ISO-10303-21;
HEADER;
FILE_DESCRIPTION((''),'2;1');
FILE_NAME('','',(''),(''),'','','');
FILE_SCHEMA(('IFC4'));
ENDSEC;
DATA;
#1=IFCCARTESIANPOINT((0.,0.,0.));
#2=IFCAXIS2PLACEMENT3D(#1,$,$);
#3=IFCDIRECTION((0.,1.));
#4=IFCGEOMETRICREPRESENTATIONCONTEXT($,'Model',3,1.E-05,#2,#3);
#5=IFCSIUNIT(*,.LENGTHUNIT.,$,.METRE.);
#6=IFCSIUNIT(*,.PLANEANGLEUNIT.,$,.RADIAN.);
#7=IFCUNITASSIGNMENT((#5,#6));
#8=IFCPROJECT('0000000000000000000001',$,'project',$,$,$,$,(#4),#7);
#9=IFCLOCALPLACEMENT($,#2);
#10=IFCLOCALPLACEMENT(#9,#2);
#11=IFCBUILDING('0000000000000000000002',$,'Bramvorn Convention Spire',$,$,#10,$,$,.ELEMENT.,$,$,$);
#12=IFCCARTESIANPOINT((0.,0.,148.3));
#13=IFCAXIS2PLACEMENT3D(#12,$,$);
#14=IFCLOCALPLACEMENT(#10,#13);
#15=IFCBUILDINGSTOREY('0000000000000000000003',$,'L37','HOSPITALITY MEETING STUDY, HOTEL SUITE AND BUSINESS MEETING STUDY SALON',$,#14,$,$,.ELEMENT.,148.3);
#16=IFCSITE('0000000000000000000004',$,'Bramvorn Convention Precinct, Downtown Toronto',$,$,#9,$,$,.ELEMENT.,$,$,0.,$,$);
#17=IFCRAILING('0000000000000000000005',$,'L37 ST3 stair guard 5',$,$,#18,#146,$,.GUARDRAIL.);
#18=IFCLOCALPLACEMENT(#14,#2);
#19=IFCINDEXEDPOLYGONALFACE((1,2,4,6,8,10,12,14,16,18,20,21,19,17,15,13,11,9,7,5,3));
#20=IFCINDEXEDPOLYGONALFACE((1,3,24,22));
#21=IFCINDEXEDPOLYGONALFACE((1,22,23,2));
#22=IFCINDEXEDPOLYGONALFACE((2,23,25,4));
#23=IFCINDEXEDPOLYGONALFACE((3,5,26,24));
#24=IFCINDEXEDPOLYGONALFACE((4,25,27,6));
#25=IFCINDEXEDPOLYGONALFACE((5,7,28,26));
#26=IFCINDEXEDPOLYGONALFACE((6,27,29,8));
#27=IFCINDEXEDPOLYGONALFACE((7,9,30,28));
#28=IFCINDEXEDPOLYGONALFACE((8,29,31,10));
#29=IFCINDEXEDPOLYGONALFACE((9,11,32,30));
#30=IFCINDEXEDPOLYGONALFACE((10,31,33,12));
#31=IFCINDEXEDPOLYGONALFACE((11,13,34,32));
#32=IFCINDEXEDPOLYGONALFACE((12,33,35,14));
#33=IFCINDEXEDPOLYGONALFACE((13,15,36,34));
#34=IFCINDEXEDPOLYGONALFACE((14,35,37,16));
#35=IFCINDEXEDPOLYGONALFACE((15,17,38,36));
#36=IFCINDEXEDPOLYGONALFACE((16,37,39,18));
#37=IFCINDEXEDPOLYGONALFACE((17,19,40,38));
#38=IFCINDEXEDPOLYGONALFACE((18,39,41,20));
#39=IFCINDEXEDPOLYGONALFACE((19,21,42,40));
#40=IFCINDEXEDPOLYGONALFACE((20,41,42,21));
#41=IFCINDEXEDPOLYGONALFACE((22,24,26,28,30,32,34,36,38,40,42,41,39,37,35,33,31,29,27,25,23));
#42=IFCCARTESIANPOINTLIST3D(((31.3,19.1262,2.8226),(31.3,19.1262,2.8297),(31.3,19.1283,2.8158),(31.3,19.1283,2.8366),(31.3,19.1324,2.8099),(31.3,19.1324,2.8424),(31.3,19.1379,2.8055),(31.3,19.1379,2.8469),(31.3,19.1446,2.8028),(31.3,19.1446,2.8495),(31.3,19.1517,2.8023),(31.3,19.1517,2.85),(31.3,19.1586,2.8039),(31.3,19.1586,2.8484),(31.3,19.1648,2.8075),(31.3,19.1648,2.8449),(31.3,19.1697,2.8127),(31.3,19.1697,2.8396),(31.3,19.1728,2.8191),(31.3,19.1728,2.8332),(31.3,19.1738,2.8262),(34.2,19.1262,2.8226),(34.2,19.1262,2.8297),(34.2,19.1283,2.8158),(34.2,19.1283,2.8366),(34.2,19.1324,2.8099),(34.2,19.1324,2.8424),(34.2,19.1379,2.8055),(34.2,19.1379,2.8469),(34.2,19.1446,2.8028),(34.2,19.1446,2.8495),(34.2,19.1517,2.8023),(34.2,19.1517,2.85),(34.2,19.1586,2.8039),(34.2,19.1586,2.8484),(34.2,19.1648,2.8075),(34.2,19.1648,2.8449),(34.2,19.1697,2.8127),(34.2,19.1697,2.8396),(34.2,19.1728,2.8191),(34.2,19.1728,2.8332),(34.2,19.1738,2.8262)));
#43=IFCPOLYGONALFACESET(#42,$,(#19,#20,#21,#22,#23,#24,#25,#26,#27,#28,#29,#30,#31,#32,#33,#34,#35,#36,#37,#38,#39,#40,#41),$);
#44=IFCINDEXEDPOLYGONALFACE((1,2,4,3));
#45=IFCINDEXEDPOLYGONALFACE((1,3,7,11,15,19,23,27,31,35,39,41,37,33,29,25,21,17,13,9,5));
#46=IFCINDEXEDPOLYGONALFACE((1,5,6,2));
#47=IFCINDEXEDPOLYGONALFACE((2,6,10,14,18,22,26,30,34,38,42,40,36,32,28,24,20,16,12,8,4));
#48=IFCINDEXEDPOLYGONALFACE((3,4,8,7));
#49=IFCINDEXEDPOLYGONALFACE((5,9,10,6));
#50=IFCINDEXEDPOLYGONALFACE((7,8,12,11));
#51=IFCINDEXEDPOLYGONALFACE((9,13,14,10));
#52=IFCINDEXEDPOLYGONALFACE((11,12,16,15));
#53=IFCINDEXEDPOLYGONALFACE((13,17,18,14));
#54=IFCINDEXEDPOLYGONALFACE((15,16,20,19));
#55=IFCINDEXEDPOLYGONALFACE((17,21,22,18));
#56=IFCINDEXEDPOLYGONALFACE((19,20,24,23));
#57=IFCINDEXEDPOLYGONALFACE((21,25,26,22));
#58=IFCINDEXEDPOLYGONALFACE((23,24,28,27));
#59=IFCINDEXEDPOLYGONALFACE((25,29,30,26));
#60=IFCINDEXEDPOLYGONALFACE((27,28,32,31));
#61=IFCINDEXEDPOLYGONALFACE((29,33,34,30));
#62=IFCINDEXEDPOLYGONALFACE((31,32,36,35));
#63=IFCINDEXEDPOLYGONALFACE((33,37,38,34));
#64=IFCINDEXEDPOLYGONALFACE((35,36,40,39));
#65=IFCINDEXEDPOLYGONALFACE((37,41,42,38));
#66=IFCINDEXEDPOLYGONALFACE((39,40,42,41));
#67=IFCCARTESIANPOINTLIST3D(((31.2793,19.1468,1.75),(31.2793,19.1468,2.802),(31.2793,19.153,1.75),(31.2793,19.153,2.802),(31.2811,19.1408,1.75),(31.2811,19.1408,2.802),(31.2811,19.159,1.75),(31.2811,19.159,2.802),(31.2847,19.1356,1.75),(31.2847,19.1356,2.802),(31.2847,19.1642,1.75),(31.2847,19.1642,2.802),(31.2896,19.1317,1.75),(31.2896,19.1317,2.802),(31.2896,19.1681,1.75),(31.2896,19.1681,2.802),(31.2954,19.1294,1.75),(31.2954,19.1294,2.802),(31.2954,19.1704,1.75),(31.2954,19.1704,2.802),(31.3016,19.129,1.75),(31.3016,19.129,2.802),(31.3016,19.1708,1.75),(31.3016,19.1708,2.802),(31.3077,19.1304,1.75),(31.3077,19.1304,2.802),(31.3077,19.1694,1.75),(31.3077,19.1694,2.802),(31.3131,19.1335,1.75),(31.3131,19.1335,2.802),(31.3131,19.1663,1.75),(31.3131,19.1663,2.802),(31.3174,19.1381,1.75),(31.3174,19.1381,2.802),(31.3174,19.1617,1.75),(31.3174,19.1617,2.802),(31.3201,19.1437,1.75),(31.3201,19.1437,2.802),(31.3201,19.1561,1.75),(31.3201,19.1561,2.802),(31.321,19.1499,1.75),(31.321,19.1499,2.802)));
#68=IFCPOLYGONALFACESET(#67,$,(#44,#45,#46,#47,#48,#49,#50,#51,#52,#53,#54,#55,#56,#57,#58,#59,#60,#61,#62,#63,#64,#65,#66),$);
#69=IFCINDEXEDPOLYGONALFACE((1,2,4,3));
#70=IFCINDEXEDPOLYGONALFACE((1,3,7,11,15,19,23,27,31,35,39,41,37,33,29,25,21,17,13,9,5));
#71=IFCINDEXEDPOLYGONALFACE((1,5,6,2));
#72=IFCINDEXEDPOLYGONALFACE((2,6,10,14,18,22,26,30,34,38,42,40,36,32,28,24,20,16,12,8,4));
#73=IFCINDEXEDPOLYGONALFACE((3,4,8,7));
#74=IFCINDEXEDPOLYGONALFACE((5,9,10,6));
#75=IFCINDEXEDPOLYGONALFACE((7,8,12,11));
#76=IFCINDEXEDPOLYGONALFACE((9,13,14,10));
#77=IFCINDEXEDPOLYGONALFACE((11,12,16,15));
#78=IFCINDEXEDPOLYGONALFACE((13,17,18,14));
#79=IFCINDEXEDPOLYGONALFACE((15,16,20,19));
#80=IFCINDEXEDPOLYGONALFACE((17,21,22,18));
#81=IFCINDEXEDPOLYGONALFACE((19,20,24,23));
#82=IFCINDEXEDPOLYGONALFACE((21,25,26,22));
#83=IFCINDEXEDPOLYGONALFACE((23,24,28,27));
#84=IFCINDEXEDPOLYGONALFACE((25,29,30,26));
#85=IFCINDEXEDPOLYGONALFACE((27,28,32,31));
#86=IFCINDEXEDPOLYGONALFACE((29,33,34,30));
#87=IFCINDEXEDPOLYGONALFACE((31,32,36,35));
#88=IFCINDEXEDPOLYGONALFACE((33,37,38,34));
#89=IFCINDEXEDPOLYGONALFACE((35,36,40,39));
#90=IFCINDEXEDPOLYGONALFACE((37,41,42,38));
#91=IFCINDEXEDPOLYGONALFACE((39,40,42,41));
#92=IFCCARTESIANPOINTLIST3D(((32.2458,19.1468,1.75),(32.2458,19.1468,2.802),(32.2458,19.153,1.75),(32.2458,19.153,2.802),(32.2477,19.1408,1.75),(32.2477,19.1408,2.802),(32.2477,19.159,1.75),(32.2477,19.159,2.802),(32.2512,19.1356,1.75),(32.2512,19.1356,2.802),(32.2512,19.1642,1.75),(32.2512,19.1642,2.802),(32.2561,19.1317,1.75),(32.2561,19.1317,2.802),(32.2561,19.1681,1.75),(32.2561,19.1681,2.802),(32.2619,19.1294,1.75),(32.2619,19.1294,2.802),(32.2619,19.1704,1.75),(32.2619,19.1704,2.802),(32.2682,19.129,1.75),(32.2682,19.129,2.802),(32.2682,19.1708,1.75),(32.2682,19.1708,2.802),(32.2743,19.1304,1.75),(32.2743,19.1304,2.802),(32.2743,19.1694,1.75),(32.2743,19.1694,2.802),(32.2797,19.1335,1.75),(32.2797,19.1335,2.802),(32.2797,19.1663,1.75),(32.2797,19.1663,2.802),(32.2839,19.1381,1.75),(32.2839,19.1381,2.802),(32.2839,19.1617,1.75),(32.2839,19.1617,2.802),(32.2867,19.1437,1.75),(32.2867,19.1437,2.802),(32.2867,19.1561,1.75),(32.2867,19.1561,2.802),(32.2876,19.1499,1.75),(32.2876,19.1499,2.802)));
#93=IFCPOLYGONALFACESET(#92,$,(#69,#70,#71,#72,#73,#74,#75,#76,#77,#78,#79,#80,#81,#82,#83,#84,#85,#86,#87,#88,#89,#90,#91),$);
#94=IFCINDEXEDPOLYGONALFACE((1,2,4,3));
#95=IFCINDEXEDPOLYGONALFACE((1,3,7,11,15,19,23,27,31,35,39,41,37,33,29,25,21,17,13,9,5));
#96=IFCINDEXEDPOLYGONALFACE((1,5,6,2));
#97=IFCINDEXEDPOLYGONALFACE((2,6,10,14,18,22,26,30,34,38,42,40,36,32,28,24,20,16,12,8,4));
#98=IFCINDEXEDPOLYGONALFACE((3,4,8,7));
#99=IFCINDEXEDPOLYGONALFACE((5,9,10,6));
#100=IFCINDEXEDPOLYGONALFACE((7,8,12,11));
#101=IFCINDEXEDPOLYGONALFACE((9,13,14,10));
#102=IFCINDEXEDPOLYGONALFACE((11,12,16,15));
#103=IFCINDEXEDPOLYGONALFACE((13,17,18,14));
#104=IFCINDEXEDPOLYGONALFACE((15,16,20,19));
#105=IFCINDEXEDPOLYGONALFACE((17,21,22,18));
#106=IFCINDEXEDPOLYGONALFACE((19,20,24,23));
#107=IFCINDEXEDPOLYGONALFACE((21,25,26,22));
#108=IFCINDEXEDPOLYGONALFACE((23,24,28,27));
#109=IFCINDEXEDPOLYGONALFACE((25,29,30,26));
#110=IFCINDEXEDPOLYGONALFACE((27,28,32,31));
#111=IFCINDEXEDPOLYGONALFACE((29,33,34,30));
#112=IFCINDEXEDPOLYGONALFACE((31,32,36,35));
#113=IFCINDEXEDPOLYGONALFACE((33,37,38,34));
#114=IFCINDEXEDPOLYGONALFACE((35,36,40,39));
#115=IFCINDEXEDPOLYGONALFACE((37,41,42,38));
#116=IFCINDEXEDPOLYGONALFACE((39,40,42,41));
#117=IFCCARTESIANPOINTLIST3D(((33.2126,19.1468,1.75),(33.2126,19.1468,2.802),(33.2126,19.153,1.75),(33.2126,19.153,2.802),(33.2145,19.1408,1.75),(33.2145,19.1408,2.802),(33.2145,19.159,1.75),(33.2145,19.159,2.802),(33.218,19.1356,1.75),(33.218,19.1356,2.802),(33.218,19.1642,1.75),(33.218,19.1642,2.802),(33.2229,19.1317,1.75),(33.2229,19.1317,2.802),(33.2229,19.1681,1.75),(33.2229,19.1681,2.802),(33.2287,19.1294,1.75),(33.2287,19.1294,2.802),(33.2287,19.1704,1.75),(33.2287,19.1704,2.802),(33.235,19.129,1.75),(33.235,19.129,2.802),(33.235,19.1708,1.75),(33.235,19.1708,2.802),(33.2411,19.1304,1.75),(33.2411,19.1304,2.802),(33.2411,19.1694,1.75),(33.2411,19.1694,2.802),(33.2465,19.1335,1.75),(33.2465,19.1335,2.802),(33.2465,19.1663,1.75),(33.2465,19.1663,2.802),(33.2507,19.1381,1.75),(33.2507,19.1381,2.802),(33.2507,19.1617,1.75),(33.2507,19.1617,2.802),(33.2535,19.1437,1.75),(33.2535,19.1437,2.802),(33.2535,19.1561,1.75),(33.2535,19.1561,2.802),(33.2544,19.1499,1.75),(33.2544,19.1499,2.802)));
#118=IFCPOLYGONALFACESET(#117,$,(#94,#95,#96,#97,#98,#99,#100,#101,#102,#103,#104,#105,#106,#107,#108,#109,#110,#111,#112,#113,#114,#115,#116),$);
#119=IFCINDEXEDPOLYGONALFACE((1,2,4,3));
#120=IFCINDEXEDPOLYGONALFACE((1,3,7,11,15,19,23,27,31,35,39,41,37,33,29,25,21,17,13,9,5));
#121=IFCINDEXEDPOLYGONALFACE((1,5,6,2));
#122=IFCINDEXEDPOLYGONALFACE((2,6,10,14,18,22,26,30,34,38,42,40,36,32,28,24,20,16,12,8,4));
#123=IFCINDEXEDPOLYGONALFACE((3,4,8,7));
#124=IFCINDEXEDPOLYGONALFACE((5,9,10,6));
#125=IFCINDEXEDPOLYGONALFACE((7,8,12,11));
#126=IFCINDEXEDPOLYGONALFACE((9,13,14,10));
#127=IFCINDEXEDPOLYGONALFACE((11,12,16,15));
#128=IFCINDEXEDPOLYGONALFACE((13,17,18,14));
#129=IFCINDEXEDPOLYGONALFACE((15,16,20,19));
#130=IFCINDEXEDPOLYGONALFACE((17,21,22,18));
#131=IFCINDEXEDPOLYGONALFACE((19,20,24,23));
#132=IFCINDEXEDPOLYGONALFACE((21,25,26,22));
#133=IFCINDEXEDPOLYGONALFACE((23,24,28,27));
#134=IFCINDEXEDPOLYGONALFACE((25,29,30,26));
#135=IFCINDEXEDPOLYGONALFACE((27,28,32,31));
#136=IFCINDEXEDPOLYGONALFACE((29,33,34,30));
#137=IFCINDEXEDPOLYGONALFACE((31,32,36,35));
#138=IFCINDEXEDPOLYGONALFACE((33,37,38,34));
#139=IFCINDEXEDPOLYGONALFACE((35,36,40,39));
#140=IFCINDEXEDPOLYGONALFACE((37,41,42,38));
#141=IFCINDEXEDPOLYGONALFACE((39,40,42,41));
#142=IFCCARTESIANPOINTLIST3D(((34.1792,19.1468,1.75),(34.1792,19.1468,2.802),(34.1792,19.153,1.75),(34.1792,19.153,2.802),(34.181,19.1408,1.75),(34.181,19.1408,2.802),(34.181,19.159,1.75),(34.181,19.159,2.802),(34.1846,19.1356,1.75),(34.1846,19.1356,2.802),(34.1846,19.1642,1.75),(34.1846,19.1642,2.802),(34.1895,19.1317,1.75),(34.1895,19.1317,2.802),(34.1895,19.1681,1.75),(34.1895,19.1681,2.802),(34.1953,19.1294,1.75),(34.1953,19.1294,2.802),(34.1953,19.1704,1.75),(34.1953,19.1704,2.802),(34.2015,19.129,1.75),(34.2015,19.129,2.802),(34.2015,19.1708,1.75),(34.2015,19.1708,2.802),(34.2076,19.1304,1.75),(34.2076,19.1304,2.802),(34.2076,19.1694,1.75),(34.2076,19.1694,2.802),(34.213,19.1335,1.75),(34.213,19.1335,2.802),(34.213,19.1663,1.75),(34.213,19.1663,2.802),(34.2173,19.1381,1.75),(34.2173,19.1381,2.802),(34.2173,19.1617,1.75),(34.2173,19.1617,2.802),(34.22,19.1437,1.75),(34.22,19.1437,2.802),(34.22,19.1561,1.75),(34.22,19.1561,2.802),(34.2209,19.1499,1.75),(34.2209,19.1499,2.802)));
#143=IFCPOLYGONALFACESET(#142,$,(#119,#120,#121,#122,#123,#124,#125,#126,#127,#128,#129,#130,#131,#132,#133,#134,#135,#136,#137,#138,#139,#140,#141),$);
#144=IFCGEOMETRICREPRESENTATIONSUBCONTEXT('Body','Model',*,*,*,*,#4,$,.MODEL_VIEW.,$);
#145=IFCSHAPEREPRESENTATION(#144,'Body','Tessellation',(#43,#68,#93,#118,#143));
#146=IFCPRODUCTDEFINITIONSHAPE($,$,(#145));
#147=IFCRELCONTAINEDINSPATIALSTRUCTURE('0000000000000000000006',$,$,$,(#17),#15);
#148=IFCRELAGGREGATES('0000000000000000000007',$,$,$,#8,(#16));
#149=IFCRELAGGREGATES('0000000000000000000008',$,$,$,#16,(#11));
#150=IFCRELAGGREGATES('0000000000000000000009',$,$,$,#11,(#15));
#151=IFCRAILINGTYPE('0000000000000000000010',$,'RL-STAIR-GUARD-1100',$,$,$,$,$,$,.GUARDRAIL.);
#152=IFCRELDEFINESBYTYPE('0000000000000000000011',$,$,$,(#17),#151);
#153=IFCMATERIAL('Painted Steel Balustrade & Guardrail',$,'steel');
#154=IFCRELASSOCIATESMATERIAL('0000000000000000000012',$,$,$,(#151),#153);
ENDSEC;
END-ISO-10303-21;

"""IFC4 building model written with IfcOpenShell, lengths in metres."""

from ifc_helpers import new_model, si_unit, direction, frame, origin, origin_2d, place, context, subcontext, project, spatial, circle, extrude, material, type_object, element, save


model = new_model("IFC4")

# Units and contexts
model_context = context("Model", 3, precision=1e-05, world=origin(), true_north=direction((0.0, 1.0)))
body_context = subcontext(model_context, "Body", "Model", "MODEL_VIEW")
ifc_project = project(units=[si_unit("LENGTHUNIT", "METRE"), si_unit("PLANEANGLEUNIT", "RADIAN")], contexts=[model_context])

# Site, building, storey
site_placement = place(None, origin())
site = spatial("IfcSite", under=ifc_project, at=site_placement, Name="Bramvorn Convention Precinct, Downtown Toronto", CompositionType="ELEMENT", RefElevation=0.0)
building_placement = place(site_placement, origin())
building = spatial("IfcBuilding", under=site, at=building_placement, Name="Bramvorn Convention Spire", CompositionType="ELEMENT")
storey_placement = place(building_placement, frame((0.0, 0.0, 148.3)))
storey = spatial("IfcBuildingStorey", under=building, at=storey_placement, Name="L37", Description="HOSPITALITY MEETING STUDY, HOTEL SUITE AND BUSINESS MEETING STUDY SALON", CompositionType="ELEMENT", Elevation=148.3)

# Railing
ifc_material_1 = material(Name="Painted Steel Balustrade & Guardrail", Category="steel")
railing_type_1 = type_object("IfcRailingType", Name="RL-STAIR-GUARD-1100", PredefinedType="GUARDRAIL", material=ifc_material_1)
railing_1_placement = place(storey_placement, frame((31.3, 19.1499, 1.75)))
element("IfcRailing", 1, at=railing_1_placement, inside=storey, type_object=railing_type_1, Name="L37 ST3 stair guard 5", PredefinedType="GUARDRAIL", context=body_context, shape_type="SweptSolid", body=[
    extrude(circle(Radius=0.0239, at=origin_2d()), frame((0.0, 0.0, 1.0762), z_axis=(1.0, 0.0, 0.0), x_axis=(0.0, 1.0, 0.0)), (0.0, 0.0, 1.0), 2.8999),
    extrude(circle(Radius=0.021, at=origin_2d()), origin(), (0.0, 0.0, 1.0), 1.052),
    extrude(circle(Radius=0.021, at=origin_2d()), frame((0.9666, 0.0, 0.0)), (0.0, 0.0, 1.0), 1.052),
    extrude(circle(Radius=0.021, at=origin_2d()), frame((1.9333, 0.0, 0.0)), (0.0, 0.0, 1.0), 1.052),
    extrude(circle(Radius=0.021, at=origin_2d()), frame((2.8999, 0.0, 0.0)), (0.0, 0.0, 1.0), 1.052),
])

save(model, "model.ifc")
